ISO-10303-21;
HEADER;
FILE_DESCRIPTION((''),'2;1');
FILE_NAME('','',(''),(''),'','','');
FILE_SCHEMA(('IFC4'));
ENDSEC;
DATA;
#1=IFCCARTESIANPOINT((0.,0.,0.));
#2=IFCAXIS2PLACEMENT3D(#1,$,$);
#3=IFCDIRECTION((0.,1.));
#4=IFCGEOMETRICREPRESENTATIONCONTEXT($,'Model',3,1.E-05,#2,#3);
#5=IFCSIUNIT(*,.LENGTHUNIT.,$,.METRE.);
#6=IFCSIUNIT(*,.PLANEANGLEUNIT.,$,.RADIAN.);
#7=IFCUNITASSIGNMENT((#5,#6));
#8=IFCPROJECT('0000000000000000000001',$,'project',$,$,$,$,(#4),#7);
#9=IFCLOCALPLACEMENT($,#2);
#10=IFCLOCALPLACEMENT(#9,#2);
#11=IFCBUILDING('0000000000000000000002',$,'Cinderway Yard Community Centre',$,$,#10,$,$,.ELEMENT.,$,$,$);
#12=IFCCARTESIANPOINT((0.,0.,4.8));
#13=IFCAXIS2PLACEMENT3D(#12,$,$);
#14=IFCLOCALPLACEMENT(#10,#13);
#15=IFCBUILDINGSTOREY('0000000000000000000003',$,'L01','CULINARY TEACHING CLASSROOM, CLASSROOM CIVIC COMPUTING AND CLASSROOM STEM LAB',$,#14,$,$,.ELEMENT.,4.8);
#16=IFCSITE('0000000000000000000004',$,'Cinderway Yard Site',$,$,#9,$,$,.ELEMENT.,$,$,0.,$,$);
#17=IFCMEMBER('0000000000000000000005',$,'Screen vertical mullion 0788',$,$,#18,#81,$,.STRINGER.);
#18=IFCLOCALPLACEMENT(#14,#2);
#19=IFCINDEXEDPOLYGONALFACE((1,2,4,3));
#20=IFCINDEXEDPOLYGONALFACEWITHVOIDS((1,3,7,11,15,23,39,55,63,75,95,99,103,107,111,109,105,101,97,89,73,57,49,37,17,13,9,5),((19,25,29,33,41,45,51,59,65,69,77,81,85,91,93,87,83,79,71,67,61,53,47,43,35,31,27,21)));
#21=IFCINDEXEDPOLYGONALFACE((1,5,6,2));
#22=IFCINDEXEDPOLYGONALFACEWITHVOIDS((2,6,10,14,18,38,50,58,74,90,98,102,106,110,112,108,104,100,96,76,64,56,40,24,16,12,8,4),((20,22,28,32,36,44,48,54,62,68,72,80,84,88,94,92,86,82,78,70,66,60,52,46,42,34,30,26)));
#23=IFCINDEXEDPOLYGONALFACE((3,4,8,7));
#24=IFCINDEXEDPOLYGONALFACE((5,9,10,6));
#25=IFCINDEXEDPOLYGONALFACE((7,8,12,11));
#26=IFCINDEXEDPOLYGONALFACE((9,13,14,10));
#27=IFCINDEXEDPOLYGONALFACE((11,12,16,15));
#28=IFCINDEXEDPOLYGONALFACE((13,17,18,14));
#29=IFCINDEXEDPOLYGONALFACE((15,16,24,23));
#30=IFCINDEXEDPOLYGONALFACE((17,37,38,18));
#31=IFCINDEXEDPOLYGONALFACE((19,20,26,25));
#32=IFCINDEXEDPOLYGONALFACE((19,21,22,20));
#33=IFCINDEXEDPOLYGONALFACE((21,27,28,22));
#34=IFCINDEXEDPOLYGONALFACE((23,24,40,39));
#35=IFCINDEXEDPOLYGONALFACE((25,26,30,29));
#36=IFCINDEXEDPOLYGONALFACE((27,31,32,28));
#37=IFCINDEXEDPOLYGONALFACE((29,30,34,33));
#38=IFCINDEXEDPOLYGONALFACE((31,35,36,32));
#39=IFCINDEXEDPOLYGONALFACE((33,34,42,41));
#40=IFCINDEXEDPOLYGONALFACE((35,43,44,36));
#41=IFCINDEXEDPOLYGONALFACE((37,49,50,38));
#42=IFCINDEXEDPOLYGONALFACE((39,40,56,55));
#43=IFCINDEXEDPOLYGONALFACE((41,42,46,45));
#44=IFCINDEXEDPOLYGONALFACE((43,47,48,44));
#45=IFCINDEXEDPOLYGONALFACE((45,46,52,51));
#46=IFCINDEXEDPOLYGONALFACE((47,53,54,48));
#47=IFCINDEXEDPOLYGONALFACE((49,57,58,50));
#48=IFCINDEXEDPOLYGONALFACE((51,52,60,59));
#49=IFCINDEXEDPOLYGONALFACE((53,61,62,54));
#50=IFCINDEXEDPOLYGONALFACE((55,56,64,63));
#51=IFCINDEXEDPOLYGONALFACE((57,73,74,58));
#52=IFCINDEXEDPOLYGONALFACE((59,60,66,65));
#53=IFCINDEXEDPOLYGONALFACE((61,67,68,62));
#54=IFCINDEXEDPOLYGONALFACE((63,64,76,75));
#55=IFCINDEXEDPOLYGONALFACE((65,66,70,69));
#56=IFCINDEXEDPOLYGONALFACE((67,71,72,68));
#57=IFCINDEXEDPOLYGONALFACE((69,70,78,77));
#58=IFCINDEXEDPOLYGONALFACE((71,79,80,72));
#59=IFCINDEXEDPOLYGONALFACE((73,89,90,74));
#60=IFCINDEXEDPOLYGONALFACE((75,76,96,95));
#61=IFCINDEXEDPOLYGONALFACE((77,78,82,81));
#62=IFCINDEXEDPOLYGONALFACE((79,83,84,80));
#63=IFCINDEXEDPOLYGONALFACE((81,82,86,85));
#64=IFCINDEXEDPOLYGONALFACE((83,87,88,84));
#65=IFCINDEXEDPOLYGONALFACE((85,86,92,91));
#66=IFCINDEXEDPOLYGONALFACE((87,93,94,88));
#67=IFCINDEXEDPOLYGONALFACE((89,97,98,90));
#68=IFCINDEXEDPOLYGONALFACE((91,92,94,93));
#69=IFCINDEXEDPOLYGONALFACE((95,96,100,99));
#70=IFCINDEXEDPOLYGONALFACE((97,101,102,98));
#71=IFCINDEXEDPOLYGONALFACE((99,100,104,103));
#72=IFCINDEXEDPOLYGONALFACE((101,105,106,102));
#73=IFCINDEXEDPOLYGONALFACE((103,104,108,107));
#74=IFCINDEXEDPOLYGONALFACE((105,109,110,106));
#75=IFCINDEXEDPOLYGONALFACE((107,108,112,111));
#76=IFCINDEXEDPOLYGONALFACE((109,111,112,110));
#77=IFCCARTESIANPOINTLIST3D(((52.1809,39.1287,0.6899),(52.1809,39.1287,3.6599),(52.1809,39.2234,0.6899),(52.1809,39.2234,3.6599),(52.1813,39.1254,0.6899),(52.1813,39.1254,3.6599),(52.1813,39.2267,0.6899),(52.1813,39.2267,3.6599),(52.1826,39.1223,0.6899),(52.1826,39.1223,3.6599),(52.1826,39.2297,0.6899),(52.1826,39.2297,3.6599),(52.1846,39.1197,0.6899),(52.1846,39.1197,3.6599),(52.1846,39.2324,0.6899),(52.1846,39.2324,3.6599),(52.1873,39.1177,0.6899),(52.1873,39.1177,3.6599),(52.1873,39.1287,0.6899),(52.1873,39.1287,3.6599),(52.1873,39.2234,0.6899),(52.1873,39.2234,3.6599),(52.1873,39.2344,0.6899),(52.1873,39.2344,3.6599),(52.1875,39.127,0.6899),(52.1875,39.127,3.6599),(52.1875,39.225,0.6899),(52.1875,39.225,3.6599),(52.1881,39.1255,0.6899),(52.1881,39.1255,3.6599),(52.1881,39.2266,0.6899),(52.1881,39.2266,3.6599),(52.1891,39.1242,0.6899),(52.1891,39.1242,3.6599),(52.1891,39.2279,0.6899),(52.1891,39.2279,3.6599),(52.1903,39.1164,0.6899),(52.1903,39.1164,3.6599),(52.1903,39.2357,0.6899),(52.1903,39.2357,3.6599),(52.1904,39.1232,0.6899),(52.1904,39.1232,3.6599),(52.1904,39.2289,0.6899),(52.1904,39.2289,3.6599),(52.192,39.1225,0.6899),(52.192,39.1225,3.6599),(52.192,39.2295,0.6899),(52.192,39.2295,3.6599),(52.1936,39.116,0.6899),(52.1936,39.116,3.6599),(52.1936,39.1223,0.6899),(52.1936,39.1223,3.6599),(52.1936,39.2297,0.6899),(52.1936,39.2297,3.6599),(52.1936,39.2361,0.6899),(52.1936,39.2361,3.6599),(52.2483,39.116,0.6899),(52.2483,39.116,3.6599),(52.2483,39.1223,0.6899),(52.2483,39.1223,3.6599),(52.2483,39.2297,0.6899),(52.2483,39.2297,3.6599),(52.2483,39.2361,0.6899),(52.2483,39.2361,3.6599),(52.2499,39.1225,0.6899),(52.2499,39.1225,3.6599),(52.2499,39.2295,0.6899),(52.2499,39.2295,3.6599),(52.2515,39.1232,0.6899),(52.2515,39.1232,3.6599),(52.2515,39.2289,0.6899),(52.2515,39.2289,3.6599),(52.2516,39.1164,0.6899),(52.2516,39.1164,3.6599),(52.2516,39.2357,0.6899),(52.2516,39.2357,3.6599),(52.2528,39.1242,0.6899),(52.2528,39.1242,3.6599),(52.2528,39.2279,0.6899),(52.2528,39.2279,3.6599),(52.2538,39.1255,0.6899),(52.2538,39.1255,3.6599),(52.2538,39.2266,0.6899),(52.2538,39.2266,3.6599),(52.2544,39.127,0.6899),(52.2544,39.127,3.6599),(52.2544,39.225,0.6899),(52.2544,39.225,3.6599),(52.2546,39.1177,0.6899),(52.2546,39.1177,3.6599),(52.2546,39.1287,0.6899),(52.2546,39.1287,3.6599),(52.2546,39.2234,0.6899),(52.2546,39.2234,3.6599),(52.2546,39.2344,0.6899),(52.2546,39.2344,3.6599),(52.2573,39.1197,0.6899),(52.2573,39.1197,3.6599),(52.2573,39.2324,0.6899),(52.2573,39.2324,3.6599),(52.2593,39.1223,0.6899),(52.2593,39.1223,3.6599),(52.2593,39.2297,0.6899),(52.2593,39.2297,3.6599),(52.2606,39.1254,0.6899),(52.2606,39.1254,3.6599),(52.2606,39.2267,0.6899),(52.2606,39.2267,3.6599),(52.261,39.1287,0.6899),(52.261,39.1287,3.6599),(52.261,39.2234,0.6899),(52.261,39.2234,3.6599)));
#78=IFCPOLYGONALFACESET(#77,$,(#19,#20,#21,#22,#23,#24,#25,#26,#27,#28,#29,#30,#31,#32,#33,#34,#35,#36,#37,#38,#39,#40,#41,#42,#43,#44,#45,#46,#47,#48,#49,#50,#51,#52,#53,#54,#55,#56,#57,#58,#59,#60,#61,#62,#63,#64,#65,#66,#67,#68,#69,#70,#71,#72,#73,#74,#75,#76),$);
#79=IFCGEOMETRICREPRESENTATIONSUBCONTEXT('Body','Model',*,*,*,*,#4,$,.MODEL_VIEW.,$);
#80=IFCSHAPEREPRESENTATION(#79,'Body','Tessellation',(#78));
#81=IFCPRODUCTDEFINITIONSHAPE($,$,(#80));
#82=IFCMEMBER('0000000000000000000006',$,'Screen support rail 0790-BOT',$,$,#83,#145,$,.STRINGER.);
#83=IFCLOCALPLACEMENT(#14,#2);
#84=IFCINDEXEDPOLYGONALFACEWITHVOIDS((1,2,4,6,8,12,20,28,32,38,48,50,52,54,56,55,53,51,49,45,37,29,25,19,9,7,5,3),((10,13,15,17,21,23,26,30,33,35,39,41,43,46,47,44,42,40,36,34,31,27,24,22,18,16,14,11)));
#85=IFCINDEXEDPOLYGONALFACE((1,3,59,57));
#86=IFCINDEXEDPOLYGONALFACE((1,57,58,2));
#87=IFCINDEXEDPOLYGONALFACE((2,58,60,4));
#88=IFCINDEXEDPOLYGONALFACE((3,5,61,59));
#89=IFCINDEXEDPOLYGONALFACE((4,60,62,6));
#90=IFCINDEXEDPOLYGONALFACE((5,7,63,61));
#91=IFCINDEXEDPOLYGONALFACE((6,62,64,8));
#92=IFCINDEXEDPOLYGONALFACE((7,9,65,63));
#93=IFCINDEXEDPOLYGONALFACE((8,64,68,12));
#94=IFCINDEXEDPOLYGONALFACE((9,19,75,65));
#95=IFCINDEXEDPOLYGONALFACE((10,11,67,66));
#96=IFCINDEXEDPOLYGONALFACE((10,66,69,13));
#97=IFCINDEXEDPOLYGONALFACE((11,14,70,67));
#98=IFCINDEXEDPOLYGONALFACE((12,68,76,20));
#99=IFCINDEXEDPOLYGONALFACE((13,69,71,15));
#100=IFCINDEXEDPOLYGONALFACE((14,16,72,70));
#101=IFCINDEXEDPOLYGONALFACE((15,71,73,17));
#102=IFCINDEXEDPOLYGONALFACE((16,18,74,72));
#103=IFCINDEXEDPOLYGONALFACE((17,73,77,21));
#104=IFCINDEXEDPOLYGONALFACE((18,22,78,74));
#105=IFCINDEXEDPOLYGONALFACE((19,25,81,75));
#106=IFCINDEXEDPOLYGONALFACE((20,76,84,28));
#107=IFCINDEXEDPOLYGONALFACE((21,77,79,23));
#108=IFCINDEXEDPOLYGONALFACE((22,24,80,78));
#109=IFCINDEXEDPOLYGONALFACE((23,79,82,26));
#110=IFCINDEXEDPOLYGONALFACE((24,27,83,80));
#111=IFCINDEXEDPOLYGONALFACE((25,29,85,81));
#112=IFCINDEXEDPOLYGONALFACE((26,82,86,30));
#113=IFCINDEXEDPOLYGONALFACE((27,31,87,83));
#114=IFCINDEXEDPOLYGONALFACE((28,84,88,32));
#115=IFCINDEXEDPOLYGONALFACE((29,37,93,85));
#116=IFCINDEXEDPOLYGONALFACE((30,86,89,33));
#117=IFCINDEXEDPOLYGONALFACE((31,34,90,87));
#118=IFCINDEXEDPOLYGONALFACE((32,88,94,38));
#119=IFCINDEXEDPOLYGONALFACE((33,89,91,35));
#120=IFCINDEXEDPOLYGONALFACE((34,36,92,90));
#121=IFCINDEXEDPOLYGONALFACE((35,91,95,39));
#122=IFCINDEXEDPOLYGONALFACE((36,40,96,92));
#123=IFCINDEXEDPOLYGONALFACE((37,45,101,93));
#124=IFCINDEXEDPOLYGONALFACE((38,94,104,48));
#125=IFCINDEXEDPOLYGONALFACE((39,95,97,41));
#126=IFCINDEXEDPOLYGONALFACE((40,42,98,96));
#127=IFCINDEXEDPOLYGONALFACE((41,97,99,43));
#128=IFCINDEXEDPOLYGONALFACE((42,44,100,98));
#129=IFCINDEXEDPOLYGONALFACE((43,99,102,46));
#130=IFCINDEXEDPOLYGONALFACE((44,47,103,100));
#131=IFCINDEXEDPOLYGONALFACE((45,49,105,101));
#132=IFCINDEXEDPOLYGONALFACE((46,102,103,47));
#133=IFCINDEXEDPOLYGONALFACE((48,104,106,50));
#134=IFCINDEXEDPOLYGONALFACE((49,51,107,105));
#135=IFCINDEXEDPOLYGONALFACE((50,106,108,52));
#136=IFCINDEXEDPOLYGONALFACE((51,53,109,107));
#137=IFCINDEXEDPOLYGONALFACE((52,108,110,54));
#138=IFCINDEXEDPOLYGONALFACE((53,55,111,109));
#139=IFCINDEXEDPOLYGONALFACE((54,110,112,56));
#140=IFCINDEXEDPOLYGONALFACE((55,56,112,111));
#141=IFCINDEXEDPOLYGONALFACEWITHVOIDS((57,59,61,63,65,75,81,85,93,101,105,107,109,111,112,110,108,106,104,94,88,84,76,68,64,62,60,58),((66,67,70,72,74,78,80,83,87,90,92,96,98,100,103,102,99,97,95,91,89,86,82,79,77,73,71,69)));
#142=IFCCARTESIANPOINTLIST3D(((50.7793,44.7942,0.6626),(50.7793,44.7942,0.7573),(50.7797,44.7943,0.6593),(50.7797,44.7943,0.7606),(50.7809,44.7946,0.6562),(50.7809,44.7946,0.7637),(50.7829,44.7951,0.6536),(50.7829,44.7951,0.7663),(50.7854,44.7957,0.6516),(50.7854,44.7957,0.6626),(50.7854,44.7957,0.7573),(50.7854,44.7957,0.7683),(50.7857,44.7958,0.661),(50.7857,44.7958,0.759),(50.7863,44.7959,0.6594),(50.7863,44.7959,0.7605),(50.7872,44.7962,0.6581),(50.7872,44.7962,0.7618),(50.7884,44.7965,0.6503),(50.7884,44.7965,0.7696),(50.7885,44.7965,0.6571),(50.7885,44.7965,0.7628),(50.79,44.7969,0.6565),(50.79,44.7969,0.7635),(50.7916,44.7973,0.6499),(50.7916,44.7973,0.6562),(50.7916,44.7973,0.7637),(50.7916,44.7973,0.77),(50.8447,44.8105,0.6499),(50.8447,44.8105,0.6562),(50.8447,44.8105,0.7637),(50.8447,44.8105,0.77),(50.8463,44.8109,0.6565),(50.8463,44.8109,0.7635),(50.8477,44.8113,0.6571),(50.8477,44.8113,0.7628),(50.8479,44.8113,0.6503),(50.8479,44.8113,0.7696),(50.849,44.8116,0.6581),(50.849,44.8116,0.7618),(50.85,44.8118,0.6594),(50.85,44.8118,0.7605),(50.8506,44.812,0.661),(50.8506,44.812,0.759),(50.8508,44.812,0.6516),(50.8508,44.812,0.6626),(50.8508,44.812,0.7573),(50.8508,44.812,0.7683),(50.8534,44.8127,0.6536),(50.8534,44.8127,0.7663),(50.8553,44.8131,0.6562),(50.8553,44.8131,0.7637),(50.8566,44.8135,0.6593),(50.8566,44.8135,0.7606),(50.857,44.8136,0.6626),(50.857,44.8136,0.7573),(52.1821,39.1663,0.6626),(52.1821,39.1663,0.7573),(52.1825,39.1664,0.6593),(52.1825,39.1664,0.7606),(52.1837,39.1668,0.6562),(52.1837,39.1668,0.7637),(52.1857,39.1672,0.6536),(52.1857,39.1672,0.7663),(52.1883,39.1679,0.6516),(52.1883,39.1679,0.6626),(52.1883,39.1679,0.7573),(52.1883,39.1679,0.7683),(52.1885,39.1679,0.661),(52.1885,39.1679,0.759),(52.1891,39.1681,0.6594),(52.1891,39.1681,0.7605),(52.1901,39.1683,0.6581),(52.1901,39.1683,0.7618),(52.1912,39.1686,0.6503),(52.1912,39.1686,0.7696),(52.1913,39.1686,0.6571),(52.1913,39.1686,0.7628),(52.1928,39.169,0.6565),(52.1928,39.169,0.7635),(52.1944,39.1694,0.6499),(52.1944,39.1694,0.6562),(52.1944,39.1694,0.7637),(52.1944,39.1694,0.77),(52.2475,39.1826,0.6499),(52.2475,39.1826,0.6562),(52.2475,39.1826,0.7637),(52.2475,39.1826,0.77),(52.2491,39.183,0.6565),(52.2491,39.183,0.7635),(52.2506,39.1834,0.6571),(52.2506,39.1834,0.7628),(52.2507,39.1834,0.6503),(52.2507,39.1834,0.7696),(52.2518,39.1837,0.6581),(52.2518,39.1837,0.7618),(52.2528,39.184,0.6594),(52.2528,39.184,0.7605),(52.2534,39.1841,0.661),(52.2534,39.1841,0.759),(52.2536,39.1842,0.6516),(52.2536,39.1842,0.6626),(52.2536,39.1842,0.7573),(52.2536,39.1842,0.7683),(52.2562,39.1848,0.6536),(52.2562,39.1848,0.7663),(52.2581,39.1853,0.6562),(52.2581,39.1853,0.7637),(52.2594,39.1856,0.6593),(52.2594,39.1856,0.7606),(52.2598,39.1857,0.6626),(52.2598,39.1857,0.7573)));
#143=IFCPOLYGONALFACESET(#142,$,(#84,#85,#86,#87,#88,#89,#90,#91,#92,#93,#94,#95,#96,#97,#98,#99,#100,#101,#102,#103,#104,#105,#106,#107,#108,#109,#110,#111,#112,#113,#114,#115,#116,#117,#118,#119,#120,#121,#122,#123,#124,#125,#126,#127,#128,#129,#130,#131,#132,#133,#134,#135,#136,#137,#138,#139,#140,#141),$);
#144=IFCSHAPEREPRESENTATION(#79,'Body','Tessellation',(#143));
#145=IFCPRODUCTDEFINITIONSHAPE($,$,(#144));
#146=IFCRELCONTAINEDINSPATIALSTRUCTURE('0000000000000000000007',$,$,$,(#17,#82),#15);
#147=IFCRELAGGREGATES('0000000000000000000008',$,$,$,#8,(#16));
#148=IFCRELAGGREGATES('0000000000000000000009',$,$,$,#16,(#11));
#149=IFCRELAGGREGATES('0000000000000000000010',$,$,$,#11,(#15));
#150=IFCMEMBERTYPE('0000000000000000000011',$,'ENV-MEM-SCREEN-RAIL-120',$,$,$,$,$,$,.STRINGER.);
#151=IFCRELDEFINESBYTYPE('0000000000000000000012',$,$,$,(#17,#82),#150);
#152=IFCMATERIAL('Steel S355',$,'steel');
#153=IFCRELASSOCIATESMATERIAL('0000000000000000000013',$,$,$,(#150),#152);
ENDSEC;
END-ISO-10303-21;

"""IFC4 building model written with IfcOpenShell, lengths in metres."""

from ifc_helpers import new_model, si_unit, direction, frame, origin, origin_2d, place, context, subcontext, project, spatial, hollow_rectangle, extrude, material, material_profile, profile_set, type_object, element, save


model = new_model("IFC4")

# Units and contexts
model_context = context("Model", 3, precision=1e-05, world=origin(), true_north=direction((0.0, 1.0)))
body_context = subcontext(model_context, "Body", "Model", "MODEL_VIEW")
ifc_project = project(units=[si_unit("LENGTHUNIT", "METRE"), si_unit("PLANEANGLEUNIT", "RADIAN")], contexts=[model_context])

# Site, building, storey
site_placement = place(None, origin())
site = spatial("IfcSite", under=ifc_project, at=site_placement, Name="Cinderway Yard Site", CompositionType="ELEMENT", RefElevation=0.0)
building_placement = place(site_placement, origin())
building = spatial("IfcBuilding", under=site, at=building_placement, Name="Cinderway Yard Community Centre", CompositionType="ELEMENT")
storey_placement = place(building_placement, frame((0.0, 0.0, 4.8)))
storey = spatial("IfcBuildingStorey", under=building, at=storey_placement, Name="L01", Description="CULINARY TEACHING CLASSROOM, CLASSROOM CIVIC COMPUTING AND CLASSROOM STEM LAB", CompositionType="ELEMENT", Elevation=4.8)

# Members
ifc_material_1 = material(Name="Steel S355", Category="steel")
ifc_material_profile_1 = material_profile(ifc_material_1, hollow_rectangle(XDim=0.0801, YDim=0.1201, WallThickness=0.0063, InnerFilletRadius=0.0063, OuterFilletRadius=0.0127, at=origin_2d()), Name="Steel S355")
ifc_profile_set_1 = profile_set([ifc_material_profile_1], Name="Steel S355")
member_type_1 = type_object("IfcMemberType", Name="ENV-MEM-SCREEN-RAIL-120", PredefinedType="STRINGER", material=ifc_profile_set_1)
for number, where, z_axis, x_axis, name in (
    (1, (52.2209, 39.176, 0.6899), (0.0, 0.0, 1.0), (1.0, 0.0, 0.0), "Screen vertical mullion 0788"),
):
    element("IfcMember", number, at=place(storey_placement, frame(where, z_axis=z_axis, x_axis=x_axis)), inside=storey, type_object=member_type_1, Name=name, PredefinedType="STRINGER", context=body_context, shape_type="SweptSolid", body=[
        extrude(hollow_rectangle(XDim=0.0801, YDim=0.1201, WallThickness=0.0063, InnerFilletRadius=0.0063, OuterFilletRadius=0.0127, at=origin_2d()), origin(), (0.0, 0.0, 1.0), 2.97),
    ])
for number, where, z_axis, x_axis, name in (
    (2, (52.2209, 39.176, 0.71), (-0.241862, 0.970311, 0.0), (-0.970311, -0.241862, 0.0), "Screen support rail 0790-BOT"),
):
    element("IfcMember", number, at=place(storey_placement, frame(where, z_axis=z_axis, x_axis=x_axis)), inside=storey, type_object=member_type_1, Name=name, PredefinedType="STRINGER", context=body_context, shape_type="SweptSolid", body=[
        extrude(hollow_rectangle(XDim=0.0801, YDim=0.1201, WallThickness=0.0063, InnerFilletRadius=0.0063, OuterFilletRadius=0.0127, at=origin_2d()), origin(), (0.0, 0.0, 1.0), 5.8),
    ])

save(model, "model.ifc")
